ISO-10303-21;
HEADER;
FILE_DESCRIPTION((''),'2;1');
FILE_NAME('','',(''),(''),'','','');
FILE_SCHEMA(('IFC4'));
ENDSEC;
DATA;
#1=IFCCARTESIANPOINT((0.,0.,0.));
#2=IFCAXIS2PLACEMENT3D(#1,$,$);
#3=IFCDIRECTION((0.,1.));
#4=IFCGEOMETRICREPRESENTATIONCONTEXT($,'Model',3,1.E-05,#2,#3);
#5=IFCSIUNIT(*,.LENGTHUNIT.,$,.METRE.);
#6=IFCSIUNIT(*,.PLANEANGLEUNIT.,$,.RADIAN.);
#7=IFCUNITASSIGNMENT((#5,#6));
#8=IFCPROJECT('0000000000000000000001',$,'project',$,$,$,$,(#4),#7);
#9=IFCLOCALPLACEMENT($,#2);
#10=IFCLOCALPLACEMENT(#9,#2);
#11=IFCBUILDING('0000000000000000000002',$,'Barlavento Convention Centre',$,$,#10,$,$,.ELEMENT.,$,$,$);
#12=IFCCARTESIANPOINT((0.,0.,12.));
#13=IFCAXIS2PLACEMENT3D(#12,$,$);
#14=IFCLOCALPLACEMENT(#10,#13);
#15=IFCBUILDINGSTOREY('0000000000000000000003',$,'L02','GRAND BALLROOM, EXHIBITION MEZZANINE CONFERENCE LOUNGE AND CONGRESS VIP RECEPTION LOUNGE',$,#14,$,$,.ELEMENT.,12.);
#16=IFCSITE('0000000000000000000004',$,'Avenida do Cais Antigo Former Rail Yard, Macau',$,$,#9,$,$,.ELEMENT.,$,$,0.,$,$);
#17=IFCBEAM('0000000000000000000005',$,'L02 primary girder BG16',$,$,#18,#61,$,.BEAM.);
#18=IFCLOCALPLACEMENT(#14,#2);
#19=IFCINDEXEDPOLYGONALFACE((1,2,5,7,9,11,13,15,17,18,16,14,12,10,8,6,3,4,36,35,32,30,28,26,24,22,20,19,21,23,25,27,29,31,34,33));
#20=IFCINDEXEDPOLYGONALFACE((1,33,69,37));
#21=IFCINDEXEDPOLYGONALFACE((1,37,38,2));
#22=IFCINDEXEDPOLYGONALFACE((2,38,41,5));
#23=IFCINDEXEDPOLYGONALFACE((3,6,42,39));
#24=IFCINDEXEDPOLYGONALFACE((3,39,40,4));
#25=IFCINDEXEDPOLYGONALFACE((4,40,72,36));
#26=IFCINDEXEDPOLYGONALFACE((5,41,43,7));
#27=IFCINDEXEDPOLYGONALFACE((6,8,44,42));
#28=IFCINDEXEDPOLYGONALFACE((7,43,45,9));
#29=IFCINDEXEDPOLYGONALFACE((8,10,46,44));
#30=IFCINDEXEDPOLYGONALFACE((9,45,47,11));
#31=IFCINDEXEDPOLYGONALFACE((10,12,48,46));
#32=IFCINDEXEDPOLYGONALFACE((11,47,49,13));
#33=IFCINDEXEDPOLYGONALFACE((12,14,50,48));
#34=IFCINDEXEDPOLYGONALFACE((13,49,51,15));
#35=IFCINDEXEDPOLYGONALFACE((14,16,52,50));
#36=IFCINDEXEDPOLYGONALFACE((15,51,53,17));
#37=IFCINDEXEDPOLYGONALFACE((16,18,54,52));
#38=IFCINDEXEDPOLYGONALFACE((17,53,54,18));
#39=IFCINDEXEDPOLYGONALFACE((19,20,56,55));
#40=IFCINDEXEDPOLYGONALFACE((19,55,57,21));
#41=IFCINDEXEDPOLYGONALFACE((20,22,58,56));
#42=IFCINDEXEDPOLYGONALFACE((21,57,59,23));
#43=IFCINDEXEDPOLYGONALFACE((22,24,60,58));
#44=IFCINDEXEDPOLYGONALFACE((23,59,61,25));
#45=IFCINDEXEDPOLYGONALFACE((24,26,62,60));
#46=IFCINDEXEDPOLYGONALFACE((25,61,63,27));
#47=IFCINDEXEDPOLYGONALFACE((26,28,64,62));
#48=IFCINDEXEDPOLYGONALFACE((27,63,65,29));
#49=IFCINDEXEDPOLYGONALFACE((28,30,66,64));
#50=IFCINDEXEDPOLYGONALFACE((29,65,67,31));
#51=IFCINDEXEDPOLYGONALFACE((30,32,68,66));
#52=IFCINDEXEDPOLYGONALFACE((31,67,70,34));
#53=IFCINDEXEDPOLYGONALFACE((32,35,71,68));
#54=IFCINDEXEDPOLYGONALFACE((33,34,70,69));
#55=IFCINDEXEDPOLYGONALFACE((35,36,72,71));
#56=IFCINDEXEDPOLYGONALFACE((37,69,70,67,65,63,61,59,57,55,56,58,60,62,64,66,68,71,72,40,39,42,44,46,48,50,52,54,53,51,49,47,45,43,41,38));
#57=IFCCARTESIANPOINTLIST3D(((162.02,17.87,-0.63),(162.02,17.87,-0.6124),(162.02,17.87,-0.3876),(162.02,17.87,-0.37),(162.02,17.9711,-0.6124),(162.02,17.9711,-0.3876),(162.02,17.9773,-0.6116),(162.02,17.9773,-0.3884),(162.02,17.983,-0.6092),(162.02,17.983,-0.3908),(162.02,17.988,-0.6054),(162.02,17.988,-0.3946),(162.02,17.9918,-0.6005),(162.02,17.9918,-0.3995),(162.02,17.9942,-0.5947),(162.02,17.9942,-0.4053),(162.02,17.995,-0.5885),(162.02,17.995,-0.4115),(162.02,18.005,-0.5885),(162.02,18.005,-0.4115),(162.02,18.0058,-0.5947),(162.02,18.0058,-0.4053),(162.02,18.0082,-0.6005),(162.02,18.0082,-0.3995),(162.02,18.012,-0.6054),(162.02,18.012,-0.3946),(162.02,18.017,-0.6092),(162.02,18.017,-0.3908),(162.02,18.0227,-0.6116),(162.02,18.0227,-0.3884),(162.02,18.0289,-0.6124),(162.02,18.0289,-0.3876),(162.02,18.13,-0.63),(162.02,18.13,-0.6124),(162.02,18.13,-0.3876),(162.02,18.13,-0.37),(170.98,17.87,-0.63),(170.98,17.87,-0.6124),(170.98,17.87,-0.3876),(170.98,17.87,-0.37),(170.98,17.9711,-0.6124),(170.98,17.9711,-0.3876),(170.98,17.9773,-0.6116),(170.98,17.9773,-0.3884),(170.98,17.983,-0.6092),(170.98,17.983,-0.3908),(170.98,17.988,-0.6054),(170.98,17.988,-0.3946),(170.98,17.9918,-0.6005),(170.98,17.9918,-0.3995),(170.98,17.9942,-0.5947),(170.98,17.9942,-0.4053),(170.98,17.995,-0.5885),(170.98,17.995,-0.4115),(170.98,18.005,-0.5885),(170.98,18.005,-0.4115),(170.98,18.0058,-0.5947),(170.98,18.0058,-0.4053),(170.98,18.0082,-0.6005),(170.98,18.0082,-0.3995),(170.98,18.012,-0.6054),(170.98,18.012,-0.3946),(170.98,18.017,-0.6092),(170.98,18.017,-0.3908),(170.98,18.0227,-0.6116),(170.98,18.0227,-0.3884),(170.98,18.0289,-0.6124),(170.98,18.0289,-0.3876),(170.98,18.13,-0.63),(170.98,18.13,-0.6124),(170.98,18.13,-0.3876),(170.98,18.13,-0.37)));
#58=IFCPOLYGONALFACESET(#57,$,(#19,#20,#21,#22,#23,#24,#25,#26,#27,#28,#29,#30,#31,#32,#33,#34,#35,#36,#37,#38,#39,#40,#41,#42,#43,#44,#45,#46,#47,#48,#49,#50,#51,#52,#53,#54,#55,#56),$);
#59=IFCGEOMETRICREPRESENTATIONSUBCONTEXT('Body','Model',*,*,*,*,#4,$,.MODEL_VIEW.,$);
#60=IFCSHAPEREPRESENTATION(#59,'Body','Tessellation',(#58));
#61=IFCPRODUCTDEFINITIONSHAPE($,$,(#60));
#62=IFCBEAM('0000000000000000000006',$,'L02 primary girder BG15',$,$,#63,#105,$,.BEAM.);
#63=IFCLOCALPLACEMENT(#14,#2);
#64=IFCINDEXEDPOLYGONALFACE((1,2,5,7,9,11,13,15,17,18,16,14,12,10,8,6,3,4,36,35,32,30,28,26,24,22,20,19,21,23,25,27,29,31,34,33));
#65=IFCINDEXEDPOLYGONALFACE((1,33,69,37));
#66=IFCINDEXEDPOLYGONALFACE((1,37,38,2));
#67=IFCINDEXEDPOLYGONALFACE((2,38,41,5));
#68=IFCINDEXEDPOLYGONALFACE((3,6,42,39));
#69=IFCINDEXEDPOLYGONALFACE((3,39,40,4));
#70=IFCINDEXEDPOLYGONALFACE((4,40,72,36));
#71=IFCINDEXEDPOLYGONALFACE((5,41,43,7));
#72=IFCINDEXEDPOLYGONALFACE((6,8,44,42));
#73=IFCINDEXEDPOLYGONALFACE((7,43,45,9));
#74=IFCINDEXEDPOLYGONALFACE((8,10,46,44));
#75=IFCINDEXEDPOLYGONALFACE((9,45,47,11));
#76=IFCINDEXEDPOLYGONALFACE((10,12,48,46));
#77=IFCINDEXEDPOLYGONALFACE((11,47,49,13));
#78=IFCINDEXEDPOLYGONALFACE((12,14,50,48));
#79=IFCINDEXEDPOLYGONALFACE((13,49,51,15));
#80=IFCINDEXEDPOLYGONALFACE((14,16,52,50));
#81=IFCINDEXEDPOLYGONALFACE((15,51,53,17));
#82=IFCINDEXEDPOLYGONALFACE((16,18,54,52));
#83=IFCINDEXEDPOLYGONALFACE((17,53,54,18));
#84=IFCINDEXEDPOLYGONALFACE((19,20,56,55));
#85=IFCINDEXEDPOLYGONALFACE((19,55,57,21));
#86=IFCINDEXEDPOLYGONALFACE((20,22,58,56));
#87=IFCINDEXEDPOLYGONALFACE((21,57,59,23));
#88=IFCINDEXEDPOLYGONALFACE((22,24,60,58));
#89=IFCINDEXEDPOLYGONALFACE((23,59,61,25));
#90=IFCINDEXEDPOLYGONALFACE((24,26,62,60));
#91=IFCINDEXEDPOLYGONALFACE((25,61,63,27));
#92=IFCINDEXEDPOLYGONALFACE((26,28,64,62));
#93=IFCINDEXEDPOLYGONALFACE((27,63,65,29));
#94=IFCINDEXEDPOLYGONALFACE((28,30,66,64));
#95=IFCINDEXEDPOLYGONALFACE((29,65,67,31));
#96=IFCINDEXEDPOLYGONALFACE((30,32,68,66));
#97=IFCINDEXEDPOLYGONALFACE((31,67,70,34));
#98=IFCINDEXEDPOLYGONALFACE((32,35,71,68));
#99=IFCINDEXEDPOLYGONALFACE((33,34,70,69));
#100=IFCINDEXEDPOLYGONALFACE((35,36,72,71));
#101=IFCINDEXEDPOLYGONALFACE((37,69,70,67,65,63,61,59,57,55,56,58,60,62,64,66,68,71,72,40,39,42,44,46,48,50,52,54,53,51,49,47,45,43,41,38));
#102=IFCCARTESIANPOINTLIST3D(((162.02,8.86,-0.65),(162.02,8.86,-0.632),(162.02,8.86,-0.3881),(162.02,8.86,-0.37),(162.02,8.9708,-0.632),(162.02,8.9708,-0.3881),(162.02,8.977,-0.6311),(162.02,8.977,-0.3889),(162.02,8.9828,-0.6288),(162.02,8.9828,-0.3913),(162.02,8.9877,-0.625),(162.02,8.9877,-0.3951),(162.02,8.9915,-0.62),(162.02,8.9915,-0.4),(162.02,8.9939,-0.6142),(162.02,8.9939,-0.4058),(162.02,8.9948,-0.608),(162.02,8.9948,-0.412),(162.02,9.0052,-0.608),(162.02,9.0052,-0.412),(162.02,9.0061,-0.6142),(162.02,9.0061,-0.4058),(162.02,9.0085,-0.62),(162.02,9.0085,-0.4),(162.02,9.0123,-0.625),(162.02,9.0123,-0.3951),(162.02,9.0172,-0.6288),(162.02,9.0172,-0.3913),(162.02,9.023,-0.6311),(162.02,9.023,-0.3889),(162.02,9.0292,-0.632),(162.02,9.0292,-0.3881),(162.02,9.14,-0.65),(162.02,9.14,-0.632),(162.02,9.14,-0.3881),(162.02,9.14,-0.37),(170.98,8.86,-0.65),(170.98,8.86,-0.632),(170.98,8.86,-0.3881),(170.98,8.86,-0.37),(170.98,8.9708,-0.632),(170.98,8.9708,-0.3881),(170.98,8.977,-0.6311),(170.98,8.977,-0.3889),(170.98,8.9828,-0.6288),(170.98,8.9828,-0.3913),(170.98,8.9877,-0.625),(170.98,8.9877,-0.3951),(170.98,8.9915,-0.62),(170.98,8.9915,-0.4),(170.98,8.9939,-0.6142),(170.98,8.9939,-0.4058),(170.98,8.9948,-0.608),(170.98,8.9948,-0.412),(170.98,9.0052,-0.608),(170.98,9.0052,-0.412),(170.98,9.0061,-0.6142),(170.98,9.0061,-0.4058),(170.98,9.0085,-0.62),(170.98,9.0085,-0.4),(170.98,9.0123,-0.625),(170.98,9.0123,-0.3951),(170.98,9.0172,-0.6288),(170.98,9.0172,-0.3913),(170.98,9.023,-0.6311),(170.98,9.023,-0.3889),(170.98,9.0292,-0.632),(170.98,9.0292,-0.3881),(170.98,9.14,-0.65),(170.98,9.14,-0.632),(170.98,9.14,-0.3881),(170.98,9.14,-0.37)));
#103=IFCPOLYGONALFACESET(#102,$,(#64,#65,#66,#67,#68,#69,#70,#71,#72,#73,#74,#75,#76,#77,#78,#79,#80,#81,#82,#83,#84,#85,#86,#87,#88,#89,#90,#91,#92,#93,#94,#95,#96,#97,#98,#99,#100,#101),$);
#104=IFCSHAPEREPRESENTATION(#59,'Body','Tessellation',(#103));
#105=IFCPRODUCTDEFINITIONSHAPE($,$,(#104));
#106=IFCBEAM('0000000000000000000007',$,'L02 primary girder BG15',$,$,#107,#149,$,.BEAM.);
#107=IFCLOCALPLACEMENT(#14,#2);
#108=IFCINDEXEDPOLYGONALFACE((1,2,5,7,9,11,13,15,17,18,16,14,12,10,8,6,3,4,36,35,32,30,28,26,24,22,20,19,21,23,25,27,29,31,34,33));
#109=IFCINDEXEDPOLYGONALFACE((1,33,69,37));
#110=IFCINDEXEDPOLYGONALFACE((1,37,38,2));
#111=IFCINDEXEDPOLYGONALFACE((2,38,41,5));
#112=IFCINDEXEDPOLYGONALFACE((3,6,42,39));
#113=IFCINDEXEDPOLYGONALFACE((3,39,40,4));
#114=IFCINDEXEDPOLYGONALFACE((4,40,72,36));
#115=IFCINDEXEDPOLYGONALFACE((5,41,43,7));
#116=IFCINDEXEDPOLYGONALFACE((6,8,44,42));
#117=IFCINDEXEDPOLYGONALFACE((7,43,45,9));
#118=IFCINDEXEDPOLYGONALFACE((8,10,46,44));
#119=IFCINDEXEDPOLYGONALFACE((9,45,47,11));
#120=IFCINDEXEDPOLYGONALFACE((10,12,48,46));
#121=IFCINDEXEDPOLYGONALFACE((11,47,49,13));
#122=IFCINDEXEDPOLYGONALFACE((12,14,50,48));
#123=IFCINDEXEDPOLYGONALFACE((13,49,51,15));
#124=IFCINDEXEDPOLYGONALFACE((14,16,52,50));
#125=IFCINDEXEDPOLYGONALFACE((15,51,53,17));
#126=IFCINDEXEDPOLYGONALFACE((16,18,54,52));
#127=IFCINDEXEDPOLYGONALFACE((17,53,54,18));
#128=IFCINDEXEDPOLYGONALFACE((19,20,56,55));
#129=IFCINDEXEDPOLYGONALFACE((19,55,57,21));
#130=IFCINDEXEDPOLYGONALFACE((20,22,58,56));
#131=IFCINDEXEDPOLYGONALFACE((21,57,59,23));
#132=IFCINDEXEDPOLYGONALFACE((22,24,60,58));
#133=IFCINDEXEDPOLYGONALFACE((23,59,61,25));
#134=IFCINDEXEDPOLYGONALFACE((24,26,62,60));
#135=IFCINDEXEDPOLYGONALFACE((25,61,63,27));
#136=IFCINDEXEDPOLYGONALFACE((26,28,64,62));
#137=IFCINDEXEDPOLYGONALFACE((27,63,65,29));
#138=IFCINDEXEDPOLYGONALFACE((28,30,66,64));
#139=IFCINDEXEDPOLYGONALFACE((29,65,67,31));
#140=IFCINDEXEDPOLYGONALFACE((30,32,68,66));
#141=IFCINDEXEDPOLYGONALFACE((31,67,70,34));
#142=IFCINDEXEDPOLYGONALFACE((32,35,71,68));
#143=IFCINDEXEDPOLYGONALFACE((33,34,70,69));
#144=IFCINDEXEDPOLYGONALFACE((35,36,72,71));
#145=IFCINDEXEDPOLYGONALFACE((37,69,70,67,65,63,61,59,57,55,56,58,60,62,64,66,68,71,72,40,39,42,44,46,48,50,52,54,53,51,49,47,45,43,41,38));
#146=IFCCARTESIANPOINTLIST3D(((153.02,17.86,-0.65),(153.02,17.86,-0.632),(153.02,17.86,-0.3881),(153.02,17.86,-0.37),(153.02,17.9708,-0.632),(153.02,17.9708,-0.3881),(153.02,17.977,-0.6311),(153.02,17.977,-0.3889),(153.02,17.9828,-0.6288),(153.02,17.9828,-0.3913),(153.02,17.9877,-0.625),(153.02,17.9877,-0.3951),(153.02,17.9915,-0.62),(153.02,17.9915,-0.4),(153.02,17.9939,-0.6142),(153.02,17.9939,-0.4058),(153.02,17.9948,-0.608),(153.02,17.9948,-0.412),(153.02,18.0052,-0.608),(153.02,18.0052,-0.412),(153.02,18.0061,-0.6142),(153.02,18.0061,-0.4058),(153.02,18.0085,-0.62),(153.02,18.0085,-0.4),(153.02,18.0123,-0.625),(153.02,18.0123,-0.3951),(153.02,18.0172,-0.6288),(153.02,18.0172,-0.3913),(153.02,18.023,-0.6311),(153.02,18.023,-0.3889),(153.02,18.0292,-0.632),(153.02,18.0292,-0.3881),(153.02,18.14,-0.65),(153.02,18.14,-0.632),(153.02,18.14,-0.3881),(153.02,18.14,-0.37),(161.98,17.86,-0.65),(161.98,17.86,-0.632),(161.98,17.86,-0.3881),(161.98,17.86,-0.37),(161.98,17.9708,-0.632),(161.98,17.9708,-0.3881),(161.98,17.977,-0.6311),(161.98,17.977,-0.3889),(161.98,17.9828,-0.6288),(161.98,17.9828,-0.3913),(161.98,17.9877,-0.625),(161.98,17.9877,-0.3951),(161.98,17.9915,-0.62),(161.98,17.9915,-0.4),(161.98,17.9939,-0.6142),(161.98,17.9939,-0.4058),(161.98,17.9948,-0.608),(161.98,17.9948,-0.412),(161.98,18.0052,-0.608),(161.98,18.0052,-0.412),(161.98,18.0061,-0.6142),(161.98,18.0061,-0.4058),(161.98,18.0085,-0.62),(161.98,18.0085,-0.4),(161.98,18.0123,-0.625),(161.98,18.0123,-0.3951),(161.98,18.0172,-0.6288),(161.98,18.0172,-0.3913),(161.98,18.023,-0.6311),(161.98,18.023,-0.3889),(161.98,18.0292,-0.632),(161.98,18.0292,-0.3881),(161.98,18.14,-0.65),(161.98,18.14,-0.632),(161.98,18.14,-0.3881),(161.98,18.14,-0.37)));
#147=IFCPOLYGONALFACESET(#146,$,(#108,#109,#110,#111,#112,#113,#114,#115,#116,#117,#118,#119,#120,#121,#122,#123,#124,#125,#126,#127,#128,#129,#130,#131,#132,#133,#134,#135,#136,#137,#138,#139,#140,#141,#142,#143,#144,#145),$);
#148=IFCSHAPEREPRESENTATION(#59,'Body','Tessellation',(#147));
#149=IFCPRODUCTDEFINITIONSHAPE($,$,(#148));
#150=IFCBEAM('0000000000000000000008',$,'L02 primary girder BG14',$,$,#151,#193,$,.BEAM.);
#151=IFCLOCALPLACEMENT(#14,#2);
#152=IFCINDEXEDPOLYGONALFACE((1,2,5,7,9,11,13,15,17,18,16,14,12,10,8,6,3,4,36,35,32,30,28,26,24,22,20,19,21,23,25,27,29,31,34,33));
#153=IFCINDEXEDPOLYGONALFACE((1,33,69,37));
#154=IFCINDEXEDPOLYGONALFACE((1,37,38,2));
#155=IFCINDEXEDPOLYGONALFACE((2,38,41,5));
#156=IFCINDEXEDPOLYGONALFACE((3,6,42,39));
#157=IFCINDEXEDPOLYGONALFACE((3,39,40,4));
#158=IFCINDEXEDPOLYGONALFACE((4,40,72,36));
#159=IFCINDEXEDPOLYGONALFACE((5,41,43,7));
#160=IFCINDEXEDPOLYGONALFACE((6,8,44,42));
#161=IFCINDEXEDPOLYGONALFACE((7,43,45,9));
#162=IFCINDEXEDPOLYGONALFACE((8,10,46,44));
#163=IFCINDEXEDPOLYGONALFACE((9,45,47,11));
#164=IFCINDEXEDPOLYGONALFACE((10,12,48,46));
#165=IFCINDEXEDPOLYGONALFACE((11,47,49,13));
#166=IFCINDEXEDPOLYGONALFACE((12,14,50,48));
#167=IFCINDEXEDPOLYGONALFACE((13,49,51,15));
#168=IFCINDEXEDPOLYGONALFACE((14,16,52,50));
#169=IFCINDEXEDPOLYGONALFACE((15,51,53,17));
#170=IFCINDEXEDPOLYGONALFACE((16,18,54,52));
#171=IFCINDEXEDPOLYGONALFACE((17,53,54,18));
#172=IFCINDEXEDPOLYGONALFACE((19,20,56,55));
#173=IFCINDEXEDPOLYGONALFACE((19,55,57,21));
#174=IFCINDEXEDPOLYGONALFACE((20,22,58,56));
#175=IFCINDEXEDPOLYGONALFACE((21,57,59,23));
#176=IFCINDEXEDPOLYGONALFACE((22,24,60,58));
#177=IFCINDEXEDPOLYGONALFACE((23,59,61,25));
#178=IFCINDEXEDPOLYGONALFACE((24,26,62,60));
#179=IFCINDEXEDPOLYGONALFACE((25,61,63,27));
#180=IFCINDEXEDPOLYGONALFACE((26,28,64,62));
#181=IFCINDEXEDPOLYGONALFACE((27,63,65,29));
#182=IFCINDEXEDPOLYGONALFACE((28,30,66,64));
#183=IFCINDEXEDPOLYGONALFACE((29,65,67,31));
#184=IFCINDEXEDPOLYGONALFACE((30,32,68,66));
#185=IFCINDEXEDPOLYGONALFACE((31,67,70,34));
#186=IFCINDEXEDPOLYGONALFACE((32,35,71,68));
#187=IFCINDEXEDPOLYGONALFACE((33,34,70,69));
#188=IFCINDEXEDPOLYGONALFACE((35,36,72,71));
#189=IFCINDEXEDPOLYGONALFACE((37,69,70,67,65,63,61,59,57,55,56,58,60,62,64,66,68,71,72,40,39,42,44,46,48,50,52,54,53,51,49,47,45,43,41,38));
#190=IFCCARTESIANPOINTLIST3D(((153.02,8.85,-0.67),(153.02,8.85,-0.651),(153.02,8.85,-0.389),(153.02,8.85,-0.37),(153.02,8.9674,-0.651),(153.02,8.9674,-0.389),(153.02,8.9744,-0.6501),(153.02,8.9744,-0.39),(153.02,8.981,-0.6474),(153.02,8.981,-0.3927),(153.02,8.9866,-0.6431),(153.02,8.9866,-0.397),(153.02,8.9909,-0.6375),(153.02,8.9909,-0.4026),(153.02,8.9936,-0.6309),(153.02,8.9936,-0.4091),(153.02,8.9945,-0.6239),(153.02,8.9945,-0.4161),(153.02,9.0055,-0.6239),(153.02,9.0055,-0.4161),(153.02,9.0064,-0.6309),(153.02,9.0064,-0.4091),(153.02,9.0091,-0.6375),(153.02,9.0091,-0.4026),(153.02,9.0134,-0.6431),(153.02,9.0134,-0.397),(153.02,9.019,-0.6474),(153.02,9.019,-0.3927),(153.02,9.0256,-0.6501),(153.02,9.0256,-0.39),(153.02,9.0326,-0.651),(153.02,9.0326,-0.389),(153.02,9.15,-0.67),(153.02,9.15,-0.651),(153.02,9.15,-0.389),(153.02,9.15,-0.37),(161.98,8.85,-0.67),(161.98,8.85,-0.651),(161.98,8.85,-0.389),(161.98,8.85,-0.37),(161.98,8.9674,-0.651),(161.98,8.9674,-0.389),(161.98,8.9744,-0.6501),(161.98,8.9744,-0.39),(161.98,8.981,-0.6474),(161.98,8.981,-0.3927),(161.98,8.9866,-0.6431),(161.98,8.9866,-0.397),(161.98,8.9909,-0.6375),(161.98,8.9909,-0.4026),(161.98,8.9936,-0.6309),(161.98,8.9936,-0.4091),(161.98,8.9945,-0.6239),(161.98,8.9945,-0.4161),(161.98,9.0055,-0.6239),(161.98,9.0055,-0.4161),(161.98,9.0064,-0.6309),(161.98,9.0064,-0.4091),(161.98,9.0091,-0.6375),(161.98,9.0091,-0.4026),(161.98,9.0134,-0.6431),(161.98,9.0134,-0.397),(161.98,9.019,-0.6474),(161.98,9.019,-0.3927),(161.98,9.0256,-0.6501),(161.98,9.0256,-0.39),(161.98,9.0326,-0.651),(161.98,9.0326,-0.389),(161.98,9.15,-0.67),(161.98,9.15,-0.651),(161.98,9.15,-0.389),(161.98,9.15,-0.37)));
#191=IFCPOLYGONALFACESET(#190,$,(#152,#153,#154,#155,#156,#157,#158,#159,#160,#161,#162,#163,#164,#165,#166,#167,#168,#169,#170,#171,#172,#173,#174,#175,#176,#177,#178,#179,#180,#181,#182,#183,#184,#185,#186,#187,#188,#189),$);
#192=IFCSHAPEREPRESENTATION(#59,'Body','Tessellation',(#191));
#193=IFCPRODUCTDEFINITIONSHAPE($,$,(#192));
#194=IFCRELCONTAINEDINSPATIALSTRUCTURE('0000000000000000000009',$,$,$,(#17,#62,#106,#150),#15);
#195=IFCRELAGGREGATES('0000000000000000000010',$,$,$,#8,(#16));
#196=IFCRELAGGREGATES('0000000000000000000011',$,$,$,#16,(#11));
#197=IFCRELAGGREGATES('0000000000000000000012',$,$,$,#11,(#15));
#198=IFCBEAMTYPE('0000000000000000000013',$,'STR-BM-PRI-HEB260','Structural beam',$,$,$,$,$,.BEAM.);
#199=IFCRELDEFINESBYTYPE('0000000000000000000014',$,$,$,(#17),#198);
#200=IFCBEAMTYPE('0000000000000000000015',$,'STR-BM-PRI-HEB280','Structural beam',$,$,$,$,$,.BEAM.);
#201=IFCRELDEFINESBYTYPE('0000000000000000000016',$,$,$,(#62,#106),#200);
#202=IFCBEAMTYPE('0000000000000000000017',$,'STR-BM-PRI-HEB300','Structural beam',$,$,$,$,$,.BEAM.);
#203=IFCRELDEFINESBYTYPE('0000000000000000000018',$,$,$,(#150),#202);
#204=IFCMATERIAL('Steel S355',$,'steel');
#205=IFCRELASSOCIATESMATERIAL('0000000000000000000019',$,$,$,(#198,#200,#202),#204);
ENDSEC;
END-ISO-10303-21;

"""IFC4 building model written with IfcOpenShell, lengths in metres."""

from ifc_helpers import new_model, si_unit, direction, frame, origin, origin_2d, place, context, subcontext, project, spatial, i_section, extrude, material, material_profile, profile_set, type_object, element, save


model = new_model("IFC4")

# Units and contexts
model_context = context("Model", 3, precision=1e-05, world=origin(), true_north=direction((0.0, 1.0)))
body_context = subcontext(model_context, "Body", "Model", "MODEL_VIEW")
ifc_project = project(units=[si_unit("LENGTHUNIT", "METRE"), si_unit("PLANEANGLEUNIT", "RADIAN")], contexts=[model_context])

# Site, building, storey
site_placement = place(None, origin())
site = spatial("IfcSite", under=ifc_project, at=site_placement, Name="Avenida do Cais Antigo Former Rail Yard, Macau", CompositionType="ELEMENT", RefElevation=0.0)
building_placement = place(site_placement, origin())
building = spatial("IfcBuilding", under=site, at=building_placement, Name="Barlavento Convention Centre", CompositionType="ELEMENT")
storey_placement = place(building_placement, frame((0.0, 0.0, 12.0)))
storey = spatial("IfcBuildingStorey", under=building, at=storey_placement, Name="L02", Description="GRAND BALLROOM, EXHIBITION MEZZANINE CONFERENCE LOUNGE AND CONGRESS VIP RECEPTION LOUNGE", CompositionType="ELEMENT", Elevation=12.0)

# Beams
ifc_material_1 = material(Name="Steel S355", Category="steel")
ifc_material_profile_1 = material_profile(ifc_material_1, i_section(OverallWidth=0.26, OverallDepth=0.26, WebThickness=0.01, FlangeThickness=0.0176, FilletRadius=0.0239, at=origin_2d()), Name="HEB 260")
ifc_profile_set_1 = profile_set([ifc_material_profile_1], Name="Steel S355")
beam_type_1 = type_object("IfcBeamType", Name="STR-BM-PRI-HEB260", Description="Structural beam", PredefinedType="BEAM", material=ifc_profile_set_1)
beam_1_placement = place(storey_placement, frame((162.02, 18.0, -0.5), z_axis=(1.0, 0.0, 0.0), x_axis=(0.0, 1.0, 0.0)))
element("IfcBeam", 1, at=beam_1_placement, inside=storey, type_object=beam_type_1, Name="L02 primary girder BG16", PredefinedType="BEAM", context=body_context, shape_type="SweptSolid", body=[
    extrude(i_section(OverallWidth=0.26, OverallDepth=0.26, WebThickness=0.01, FlangeThickness=0.0176, FilletRadius=0.0239, at=origin_2d()), origin(), (0.0, 0.0, 1.0), 8.96),
])
ifc_material_profile_2 = material_profile(ifc_material_1, i_section(OverallWidth=0.28, OverallDepth=0.28, WebThickness=0.0105, FlangeThickness=0.0181, FilletRadius=0.0239, at=origin_2d()), Name="HEB 280")
ifc_profile_set_2 = profile_set([ifc_material_profile_2], Name="Steel S355")
beam_type_2 = type_object("IfcBeamType", Name="STR-BM-PRI-HEB280", Description="Structural beam", PredefinedType="BEAM", material=ifc_profile_set_2)
for number, where, z_axis, x_axis, name in (
    (2, (162.02, 9.0, -0.51), (1.0, 0.0, 0.0), (0.0, 1.0, 0.0), "L02 primary girder BG15"),
    (3, (153.02, 18.0, -0.51), (1.0, 0.0, 0.0), (0.0, 1.0, 0.0), "L02 primary girder BG15"),
):
    element("IfcBeam", number, at=place(storey_placement, frame(where, z_axis=z_axis, x_axis=x_axis)), inside=storey, type_object=beam_type_2, Name=name, PredefinedType="BEAM", context=body_context, shape_type="SweptSolid", body=[
        extrude(i_section(OverallWidth=0.28, OverallDepth=0.28, WebThickness=0.0105, FlangeThickness=0.0181, FilletRadius=0.0239, at=origin_2d()), origin(), (0.0, 0.0, 1.0), 8.96),
    ])
ifc_material_profile_3 = material_profile(ifc_material_1, i_section(OverallWidth=0.3, OverallDepth=0.3, WebThickness=0.011, FlangeThickness=0.019, FilletRadius=0.0271, at=origin_2d()), Name="HEB 300")
ifc_profile_set_3 = profile_set([ifc_material_profile_3], Name="Steel S355")
beam_type_3 = type_object("IfcBeamType", Name="STR-BM-PRI-HEB300", Description="Structural beam", PredefinedType="BEAM", material=ifc_profile_set_3)
beam_2_placement = place(storey_placement, frame((153.02, 9.0, -0.52), z_axis=(1.0, 0.0, 0.0), x_axis=(0.0, 1.0, 0.0)))
element("IfcBeam", 4, at=beam_2_placement, inside=storey, type_object=beam_type_3, Name="L02 primary girder BG14", PredefinedType="BEAM", context=body_context, shape_type="SweptSolid", body=[
    extrude(i_section(OverallWidth=0.3, OverallDepth=0.3, WebThickness=0.011, FlangeThickness=0.019, FilletRadius=0.0271, at=origin_2d()), origin(), (0.0, 0.0, 1.0), 8.96),
])

save(model, "model.ifc")
